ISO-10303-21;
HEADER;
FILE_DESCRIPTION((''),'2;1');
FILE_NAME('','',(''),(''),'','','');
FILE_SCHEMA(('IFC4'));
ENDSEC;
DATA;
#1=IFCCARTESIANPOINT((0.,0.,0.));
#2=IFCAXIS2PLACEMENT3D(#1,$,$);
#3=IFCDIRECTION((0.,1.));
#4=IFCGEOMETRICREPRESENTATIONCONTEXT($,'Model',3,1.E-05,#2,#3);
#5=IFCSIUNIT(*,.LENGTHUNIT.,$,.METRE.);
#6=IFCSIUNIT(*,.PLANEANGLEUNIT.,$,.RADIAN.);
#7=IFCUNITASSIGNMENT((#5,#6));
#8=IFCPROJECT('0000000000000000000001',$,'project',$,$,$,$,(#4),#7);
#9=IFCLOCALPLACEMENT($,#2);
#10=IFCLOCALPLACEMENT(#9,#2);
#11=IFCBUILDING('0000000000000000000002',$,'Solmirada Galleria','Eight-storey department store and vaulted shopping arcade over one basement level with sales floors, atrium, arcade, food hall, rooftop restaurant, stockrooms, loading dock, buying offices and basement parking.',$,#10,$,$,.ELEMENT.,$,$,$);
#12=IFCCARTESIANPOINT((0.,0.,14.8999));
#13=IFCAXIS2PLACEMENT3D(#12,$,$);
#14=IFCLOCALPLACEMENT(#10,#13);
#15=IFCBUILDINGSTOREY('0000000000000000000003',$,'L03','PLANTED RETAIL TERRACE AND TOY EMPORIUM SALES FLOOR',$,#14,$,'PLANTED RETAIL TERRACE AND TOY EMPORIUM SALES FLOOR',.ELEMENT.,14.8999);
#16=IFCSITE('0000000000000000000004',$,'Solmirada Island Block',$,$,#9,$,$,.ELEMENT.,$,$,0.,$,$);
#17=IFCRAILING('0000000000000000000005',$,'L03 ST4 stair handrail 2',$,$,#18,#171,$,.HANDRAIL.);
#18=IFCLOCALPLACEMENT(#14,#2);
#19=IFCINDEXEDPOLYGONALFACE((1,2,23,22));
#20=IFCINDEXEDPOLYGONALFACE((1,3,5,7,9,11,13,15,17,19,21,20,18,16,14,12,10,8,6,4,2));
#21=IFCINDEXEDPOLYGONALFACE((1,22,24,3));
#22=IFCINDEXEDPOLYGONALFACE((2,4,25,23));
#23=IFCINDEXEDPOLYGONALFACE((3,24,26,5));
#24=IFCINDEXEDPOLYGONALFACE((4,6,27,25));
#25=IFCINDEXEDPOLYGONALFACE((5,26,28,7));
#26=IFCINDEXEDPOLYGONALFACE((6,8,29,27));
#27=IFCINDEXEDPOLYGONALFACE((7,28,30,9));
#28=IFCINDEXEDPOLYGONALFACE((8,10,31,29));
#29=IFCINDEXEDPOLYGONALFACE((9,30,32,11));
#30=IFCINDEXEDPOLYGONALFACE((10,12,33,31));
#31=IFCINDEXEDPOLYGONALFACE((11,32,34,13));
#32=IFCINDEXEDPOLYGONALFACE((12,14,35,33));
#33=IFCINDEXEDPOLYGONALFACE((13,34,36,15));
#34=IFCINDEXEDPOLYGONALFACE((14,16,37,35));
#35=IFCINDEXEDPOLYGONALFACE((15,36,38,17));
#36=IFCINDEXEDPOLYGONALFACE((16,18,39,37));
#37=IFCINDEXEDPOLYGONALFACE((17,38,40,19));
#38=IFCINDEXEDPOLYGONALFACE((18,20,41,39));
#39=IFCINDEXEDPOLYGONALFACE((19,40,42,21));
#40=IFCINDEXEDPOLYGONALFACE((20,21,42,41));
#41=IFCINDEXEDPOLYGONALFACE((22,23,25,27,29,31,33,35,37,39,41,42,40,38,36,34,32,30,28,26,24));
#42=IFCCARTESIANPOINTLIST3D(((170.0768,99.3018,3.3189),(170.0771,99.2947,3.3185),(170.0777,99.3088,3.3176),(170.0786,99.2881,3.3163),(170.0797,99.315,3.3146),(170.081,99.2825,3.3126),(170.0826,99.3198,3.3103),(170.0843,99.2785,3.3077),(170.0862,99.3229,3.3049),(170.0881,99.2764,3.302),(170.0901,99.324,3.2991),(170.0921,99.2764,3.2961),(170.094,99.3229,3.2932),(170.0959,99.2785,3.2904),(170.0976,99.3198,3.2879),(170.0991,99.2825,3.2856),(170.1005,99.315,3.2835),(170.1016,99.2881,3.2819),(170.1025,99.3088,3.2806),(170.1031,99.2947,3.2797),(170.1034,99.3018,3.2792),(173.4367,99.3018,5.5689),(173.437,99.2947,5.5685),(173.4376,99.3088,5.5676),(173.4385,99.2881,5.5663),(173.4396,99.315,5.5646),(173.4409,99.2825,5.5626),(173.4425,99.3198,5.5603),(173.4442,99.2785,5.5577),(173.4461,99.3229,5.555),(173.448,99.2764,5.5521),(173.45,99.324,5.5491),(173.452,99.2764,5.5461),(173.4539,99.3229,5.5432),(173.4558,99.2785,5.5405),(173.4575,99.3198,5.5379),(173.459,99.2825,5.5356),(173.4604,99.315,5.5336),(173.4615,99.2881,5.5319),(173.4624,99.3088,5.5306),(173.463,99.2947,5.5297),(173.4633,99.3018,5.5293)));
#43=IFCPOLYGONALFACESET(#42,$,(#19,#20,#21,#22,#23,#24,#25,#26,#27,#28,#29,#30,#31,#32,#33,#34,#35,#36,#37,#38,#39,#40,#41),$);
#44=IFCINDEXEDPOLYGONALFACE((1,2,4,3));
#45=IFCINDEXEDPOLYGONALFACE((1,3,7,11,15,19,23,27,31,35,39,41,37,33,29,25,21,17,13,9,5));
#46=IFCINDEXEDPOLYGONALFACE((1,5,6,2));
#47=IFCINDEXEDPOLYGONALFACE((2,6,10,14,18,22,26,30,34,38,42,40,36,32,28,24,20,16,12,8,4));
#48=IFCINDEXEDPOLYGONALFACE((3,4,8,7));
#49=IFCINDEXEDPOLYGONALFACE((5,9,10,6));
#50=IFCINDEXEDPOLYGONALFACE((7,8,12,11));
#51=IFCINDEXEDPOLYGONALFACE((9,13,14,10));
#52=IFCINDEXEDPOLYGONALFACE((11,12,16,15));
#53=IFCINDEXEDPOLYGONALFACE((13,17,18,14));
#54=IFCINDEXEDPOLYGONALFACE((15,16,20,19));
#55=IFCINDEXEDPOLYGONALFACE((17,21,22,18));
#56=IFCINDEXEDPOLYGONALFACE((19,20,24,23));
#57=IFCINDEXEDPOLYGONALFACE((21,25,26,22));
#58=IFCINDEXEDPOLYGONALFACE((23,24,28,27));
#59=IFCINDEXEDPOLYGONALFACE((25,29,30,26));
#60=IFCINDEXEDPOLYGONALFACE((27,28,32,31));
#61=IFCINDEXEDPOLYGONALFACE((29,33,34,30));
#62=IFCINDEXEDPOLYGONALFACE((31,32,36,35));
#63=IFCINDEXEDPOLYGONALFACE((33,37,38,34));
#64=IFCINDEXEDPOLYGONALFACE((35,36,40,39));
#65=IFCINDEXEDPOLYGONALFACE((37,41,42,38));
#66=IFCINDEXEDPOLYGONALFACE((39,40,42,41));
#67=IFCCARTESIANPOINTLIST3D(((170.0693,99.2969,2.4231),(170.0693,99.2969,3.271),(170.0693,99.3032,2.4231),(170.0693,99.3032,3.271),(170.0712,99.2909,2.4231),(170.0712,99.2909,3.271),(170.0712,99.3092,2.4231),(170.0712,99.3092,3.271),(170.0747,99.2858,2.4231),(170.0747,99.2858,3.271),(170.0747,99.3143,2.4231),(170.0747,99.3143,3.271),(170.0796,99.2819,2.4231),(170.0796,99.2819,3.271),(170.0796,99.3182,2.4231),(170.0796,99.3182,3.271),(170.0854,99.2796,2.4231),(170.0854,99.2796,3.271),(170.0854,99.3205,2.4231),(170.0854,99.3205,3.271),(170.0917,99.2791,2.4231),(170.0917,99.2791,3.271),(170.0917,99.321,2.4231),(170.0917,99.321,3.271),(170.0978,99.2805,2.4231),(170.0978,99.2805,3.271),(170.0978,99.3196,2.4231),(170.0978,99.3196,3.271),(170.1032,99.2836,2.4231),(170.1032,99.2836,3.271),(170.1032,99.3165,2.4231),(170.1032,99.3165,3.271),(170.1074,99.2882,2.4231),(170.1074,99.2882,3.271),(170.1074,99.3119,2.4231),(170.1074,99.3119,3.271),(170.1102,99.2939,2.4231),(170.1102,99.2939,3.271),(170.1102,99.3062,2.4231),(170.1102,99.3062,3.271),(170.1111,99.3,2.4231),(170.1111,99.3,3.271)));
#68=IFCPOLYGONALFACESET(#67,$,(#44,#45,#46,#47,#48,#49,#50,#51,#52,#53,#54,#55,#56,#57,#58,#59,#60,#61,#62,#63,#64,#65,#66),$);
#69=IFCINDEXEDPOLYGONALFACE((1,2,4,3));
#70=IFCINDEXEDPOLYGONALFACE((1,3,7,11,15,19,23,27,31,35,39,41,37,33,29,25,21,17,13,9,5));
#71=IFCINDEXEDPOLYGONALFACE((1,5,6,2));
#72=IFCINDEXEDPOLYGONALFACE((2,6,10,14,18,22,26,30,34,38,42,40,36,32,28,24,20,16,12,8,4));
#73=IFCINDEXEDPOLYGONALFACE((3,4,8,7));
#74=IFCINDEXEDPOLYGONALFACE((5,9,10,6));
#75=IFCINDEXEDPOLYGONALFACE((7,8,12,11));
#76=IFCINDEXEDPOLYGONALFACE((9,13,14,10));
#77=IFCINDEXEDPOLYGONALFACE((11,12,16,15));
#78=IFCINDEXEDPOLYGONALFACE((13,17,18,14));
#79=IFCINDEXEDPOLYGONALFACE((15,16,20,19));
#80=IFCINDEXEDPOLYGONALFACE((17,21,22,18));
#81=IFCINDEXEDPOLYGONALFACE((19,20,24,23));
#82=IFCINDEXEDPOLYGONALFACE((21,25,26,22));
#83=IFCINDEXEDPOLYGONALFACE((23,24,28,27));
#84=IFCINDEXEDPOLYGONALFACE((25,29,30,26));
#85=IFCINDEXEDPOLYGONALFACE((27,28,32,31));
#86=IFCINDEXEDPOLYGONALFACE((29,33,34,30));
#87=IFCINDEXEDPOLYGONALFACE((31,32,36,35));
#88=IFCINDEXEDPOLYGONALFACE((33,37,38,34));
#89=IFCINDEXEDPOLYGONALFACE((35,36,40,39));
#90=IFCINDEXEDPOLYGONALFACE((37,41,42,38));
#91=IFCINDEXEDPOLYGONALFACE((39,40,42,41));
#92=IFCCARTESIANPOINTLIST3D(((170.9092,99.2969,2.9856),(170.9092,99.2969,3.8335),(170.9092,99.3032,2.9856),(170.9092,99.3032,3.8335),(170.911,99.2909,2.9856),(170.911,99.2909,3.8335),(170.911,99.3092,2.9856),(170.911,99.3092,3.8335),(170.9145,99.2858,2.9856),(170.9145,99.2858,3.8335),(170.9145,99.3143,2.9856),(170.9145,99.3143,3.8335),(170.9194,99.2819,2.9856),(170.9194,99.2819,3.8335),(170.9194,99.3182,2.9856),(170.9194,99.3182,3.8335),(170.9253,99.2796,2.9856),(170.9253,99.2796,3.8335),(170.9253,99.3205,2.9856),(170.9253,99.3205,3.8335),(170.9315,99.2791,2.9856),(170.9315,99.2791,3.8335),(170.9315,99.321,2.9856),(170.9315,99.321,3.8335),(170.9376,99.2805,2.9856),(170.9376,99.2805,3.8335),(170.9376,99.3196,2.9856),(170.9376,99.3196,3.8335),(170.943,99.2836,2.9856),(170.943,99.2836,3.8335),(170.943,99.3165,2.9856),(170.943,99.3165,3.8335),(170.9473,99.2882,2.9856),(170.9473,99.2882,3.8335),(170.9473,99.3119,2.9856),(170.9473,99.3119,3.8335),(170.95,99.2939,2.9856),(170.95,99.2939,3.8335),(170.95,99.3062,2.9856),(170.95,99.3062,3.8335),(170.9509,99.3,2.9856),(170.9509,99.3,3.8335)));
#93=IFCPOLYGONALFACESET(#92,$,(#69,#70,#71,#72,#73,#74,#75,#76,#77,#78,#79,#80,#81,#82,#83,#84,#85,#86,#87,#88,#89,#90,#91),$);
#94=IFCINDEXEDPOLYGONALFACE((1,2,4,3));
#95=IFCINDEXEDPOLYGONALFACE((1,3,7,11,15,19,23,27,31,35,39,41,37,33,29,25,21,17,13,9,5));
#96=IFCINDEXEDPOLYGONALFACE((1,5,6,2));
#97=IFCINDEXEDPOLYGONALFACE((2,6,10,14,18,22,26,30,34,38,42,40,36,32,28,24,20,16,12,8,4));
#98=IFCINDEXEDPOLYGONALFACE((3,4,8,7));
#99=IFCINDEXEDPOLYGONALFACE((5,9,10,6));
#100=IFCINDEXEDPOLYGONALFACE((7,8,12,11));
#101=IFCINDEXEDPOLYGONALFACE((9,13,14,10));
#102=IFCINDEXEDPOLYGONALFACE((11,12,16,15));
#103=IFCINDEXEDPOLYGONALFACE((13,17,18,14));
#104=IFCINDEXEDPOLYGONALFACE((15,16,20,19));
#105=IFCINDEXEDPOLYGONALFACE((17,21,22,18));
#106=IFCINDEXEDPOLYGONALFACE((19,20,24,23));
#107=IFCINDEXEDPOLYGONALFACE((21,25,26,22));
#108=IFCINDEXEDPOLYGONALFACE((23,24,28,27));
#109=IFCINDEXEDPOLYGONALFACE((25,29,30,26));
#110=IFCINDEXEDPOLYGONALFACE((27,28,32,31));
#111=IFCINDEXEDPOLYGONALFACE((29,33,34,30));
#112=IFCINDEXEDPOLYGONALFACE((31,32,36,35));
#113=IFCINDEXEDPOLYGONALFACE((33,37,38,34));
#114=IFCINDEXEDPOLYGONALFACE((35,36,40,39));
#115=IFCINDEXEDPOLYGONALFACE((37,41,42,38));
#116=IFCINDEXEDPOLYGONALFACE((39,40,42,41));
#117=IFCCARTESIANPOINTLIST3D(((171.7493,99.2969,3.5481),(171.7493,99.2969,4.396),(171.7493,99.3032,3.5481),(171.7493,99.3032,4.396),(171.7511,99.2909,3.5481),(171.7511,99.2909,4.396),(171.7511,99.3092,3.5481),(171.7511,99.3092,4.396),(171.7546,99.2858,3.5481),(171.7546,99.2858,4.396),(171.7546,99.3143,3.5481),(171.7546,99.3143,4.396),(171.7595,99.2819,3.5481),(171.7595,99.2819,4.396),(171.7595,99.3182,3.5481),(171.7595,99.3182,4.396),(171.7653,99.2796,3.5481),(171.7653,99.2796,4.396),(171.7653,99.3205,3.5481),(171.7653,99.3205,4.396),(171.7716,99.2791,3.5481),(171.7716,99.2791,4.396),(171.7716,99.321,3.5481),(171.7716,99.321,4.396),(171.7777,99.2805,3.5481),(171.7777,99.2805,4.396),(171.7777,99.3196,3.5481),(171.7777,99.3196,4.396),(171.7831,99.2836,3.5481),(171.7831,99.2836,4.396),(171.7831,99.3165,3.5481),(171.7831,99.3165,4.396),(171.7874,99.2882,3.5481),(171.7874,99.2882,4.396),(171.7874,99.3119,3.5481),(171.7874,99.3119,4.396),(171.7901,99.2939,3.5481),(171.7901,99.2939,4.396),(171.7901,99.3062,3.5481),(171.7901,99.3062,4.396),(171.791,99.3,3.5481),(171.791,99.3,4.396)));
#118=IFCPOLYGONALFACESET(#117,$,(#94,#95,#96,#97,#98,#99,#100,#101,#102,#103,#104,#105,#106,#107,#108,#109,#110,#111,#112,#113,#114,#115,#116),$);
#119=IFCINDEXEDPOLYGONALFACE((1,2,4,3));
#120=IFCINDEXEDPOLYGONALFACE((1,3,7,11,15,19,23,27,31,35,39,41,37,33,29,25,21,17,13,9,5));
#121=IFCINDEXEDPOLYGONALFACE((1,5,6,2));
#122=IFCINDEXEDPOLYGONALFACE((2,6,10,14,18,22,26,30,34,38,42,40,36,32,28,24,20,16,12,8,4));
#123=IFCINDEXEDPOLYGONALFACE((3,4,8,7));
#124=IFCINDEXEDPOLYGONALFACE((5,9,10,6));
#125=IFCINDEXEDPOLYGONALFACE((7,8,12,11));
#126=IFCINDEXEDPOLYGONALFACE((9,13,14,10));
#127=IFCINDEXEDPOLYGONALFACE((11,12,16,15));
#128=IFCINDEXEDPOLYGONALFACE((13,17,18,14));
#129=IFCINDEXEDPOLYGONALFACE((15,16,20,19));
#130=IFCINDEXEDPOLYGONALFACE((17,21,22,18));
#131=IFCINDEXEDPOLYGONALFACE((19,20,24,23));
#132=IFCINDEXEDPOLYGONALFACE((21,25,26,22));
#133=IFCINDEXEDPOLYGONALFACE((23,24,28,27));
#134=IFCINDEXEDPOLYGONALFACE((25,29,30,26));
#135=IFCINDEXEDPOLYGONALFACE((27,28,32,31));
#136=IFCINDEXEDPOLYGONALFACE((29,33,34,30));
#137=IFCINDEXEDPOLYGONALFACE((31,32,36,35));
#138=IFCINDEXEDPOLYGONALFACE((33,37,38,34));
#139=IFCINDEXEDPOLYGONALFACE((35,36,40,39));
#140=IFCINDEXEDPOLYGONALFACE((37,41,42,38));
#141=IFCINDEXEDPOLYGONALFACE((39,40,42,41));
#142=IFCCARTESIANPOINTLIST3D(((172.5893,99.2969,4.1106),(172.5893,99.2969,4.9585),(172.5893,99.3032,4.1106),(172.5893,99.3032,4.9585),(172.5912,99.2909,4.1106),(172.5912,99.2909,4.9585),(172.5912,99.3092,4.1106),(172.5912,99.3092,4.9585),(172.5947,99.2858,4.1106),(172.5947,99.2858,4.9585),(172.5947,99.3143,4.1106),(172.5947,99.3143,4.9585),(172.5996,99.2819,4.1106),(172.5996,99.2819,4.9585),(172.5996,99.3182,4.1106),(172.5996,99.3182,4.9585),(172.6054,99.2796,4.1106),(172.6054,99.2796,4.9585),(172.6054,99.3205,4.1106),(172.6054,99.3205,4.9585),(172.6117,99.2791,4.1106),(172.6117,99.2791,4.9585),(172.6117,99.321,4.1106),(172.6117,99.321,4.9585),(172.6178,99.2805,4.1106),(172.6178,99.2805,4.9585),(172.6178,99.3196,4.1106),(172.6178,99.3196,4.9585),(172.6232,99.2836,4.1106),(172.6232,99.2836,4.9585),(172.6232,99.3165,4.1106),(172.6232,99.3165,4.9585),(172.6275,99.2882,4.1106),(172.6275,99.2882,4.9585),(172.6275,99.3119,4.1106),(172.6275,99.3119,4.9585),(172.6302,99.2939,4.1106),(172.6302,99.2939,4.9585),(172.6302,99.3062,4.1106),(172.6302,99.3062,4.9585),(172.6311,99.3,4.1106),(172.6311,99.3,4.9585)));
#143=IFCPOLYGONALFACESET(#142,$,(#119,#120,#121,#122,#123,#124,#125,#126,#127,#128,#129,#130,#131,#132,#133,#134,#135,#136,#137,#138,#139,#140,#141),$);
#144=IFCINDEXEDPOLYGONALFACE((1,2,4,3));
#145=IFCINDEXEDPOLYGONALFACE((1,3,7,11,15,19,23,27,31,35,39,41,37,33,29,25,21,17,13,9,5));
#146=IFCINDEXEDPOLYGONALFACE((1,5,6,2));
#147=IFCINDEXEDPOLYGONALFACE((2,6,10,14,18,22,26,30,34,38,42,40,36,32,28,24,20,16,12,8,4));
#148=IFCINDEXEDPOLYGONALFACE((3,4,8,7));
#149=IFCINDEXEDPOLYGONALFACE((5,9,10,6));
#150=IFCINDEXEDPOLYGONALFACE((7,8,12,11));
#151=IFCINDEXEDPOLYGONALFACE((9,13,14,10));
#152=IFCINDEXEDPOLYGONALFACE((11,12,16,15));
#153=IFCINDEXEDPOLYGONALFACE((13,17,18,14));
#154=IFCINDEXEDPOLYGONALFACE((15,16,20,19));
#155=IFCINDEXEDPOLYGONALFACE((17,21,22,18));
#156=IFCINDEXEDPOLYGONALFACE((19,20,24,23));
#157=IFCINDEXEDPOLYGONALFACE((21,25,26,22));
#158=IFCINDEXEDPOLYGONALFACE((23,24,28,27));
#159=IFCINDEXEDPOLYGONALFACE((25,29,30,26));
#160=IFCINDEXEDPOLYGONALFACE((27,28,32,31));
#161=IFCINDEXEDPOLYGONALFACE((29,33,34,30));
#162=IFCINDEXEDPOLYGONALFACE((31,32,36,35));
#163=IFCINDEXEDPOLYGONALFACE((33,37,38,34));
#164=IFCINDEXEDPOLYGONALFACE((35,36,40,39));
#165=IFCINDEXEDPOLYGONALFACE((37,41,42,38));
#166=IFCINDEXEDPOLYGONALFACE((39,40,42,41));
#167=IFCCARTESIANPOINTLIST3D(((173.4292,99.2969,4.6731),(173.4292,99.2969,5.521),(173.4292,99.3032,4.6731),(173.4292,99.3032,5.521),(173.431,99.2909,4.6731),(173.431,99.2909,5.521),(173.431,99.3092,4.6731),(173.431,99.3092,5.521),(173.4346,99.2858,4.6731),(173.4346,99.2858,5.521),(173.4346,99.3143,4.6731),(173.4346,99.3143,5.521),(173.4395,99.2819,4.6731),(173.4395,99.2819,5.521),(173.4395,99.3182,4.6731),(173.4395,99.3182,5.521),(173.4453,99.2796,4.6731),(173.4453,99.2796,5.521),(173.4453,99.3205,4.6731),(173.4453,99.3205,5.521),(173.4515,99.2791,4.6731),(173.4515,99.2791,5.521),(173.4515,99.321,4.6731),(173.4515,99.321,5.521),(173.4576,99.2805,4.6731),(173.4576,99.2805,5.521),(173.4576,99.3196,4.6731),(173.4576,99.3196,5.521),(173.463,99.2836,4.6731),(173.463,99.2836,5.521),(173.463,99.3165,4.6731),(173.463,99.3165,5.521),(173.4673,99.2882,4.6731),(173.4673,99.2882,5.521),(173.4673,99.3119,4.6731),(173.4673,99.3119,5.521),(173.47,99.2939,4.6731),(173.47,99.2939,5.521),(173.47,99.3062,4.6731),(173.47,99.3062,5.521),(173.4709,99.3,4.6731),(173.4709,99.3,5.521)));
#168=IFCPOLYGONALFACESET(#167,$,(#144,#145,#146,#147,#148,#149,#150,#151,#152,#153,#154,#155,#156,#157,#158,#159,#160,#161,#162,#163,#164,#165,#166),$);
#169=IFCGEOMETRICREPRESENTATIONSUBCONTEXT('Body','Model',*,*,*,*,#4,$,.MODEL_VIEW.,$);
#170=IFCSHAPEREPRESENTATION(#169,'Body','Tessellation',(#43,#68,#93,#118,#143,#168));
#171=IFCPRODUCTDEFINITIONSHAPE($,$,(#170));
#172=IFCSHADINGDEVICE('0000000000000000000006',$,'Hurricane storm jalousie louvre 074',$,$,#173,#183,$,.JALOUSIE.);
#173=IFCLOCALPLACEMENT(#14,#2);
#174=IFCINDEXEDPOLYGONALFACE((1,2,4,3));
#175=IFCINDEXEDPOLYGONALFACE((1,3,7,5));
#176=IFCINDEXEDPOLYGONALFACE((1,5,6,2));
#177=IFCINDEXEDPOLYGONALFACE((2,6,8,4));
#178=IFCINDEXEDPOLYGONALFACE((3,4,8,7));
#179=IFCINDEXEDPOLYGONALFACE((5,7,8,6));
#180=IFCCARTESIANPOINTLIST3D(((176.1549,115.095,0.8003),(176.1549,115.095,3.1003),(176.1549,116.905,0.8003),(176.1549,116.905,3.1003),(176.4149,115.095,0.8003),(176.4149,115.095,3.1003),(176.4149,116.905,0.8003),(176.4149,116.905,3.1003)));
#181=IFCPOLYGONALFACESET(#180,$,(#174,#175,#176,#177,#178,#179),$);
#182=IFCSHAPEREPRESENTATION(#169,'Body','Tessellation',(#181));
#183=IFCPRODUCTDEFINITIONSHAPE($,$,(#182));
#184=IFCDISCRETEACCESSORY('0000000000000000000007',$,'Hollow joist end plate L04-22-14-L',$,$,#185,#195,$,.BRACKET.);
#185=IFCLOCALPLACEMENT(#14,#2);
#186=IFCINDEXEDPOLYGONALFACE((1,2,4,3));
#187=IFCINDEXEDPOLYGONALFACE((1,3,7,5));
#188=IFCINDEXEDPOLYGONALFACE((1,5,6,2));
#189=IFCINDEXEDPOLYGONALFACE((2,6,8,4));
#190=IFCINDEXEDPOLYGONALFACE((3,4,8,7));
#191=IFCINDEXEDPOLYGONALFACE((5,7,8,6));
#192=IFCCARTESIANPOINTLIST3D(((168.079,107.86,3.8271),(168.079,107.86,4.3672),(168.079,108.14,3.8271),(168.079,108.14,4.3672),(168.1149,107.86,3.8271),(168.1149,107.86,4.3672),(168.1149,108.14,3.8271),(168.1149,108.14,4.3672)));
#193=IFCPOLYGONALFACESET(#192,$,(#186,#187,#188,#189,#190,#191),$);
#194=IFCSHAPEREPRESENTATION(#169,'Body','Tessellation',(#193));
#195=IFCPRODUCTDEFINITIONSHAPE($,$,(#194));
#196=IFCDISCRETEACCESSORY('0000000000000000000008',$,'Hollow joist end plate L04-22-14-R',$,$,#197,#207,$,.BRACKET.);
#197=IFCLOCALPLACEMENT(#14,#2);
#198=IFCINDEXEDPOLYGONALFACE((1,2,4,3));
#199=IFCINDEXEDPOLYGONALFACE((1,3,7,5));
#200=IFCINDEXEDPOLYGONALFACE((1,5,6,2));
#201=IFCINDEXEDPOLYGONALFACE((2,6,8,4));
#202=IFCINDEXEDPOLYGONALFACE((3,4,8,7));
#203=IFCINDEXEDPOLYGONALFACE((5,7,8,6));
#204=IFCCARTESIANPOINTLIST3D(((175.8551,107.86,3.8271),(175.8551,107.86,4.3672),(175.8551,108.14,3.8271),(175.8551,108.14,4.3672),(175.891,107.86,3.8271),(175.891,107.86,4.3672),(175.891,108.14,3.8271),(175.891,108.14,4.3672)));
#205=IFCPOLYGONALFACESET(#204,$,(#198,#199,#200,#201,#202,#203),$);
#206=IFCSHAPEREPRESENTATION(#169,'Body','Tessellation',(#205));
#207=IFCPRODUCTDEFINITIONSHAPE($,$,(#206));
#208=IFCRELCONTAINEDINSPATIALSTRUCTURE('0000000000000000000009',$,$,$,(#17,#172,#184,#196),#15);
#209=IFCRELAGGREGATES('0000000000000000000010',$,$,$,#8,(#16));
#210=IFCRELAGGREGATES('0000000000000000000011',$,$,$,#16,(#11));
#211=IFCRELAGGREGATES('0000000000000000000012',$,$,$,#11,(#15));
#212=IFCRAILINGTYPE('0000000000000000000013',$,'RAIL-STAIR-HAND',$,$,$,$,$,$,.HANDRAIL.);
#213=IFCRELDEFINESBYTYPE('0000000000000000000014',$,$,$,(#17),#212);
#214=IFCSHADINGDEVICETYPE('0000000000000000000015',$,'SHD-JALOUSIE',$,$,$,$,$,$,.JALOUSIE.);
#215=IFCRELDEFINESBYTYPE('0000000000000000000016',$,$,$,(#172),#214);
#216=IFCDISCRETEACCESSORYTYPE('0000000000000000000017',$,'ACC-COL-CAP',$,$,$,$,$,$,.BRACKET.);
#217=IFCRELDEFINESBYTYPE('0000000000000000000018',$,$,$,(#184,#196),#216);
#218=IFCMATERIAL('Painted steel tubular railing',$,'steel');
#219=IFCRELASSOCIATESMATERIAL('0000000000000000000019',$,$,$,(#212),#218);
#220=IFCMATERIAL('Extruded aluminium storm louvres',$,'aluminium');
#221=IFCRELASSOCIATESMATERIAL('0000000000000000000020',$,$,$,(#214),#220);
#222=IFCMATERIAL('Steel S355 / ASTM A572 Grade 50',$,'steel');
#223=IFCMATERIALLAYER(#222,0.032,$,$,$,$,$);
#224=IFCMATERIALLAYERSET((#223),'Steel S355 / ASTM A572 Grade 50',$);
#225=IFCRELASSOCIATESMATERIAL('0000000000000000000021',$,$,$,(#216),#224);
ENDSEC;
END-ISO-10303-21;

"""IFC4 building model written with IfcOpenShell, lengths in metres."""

from ifc_helpers import new_model, si_unit, direction, frame, origin, origin_2d, place, context, subcontext, project, spatial, rectangle, circle, extrude, material, layer, layer_set, type_object, element, save


model = new_model("IFC4")

# Units and contexts
model_context = context("Model", 3, precision=1e-05, world=origin(), true_north=direction((0.0, 1.0)))
body_context = subcontext(model_context, "Body", "Model", "MODEL_VIEW")
ifc_project = project(units=[si_unit("LENGTHUNIT", "METRE"), si_unit("PLANEANGLEUNIT", "RADIAN")], contexts=[model_context])

# Site, building, storey
site_placement = place(None, origin())
site = spatial("IfcSite", under=ifc_project, at=site_placement, Name="Solmirada Island Block", CompositionType="ELEMENT", RefElevation=0.0)
building_placement = place(site_placement, origin())
building = spatial("IfcBuilding", under=site, at=building_placement, Name="Solmirada Galleria", Description="Eight-storey department store and vaulted shopping arcade over one basement level with sales floors, atrium, arcade, food hall, rooftop restaurant, stockrooms, loading dock, buying offices and basement parking.", CompositionType="ELEMENT")
storey_placement = place(building_placement, frame((0.0, 0.0, 14.8999)))
storey = spatial("IfcBuildingStorey", under=building, at=storey_placement, Name="L03", Description="PLANTED RETAIL TERRACE AND TOY EMPORIUM SALES FLOOR", LongName="PLANTED RETAIL TERRACE AND TOY EMPORIUM SALES FLOOR", CompositionType="ELEMENT", Elevation=14.8999)

# Railing
ifc_material_1 = material(Name="Painted steel tubular railing", Category="steel")
railing_type_1 = type_object("IfcRailingType", Name="RAIL-STAIR-HAND", PredefinedType="HANDRAIL", material=ifc_material_1)
railing_1_placement = place(storey_placement, frame((170.0901, 99.3, 2.4231)))
element("IfcRailing", 1, at=railing_1_placement, inside=storey, type_object=railing_type_1, Name="L03 ST4 stair handrail 2", PredefinedType="HANDRAIL", context=body_context, shape_type="SweptSolid", body=[
    extrude(circle(Radius=0.0239, at=origin_2d()), frame((0.0, 0.0, 0.876), z_axis=(0.830897, 0.0, 0.556427), x_axis=(0.0, 1.0, 0.0)), (0.0, 0.0, 1.0), 4.0437),
    extrude(circle(Radius=0.021, at=origin_2d()), origin(), (0.0, 0.0, 1.0), 0.8479),
    extrude(circle(Radius=0.021, at=origin_2d()), frame((0.8398, 0.0, 0.5625)), (0.0, 0.0, 1.0), 0.8479),
    extrude(circle(Radius=0.021, at=origin_2d()), frame((1.6799, 0.0, 1.125)), (0.0, 0.0, 1.0), 0.8479),
    extrude(circle(Radius=0.021, at=origin_2d()), frame((2.52, 0.0, 1.6875)), (0.0, 0.0, 1.0), 0.8479),
    extrude(circle(Radius=0.021, at=origin_2d()), frame((3.3599, 0.0, 2.25)), (0.0, 0.0, 1.0), 0.8479),
])

# Shading device
ifc_material_2 = material(Name="Extruded aluminium storm louvres", Category="aluminium")
shading_device_type = type_object("IfcShadingDeviceType", Name="SHD-JALOUSIE", PredefinedType="JALOUSIE", material=ifc_material_2)
shading_device_placement = place(storey_placement, frame((176.2849, 116.0, 0.8003), z_axis=(0.0, 0.0, 1.0), x_axis=(0.0, -1.0, 0.0)))
element("IfcShadingDevice", 2, at=shading_device_placement, inside=storey, type_object=shading_device_type, Name="Hurricane storm jalousie louvre 074", PredefinedType="JALOUSIE", context=body_context, shape_type="SweptSolid", body=[
    extrude(rectangle(XDim=1.8101, YDim=0.26, at=origin_2d()), origin(), (0.0, 0.0, 1.0), 2.3),
])

# Discrete accessories
ifc_material_3 = material(Name="Steel S355 / ASTM A572 Grade 50", Category="steel")
ifc_layer_1 = layer(ifc_material_3, 0.032)
ifc_layer_set_1 = layer_set([ifc_layer_1], Name="Steel S355 / ASTM A572 Grade 50")
discrete_accessory_type = type_object("IfcDiscreteAccessoryType", Name="ACC-COL-CAP", PredefinedType="BRACKET", material=ifc_layer_set_1)
for number, where, z_axis, x_axis, name in (
    (3, (168.0969, 108.0, 3.8271), (0.0, 0.0, 1.0), (1.0, 0.0, 0.0), "Hollow joist end plate L04-22-14-L"),
    (4, (175.873, 108.0, 3.8271), (0.0, 0.0, 1.0), (1.0, 0.0, 0.0), "Hollow joist end plate L04-22-14-R"),
):
    element("IfcDiscreteAccessory", number, at=place(storey_placement, frame(where, z_axis=z_axis, x_axis=x_axis)), inside=storey, type_object=discrete_accessory_type, Name=name, PredefinedType="BRACKET", context=body_context, shape_type="SweptSolid", body=[
        extrude(rectangle(XDim=0.0359, YDim=0.28, at=origin_2d()), origin(), (0.0, 0.0, 1.0), 0.54),
    ])

save(model, "model.ifc")
